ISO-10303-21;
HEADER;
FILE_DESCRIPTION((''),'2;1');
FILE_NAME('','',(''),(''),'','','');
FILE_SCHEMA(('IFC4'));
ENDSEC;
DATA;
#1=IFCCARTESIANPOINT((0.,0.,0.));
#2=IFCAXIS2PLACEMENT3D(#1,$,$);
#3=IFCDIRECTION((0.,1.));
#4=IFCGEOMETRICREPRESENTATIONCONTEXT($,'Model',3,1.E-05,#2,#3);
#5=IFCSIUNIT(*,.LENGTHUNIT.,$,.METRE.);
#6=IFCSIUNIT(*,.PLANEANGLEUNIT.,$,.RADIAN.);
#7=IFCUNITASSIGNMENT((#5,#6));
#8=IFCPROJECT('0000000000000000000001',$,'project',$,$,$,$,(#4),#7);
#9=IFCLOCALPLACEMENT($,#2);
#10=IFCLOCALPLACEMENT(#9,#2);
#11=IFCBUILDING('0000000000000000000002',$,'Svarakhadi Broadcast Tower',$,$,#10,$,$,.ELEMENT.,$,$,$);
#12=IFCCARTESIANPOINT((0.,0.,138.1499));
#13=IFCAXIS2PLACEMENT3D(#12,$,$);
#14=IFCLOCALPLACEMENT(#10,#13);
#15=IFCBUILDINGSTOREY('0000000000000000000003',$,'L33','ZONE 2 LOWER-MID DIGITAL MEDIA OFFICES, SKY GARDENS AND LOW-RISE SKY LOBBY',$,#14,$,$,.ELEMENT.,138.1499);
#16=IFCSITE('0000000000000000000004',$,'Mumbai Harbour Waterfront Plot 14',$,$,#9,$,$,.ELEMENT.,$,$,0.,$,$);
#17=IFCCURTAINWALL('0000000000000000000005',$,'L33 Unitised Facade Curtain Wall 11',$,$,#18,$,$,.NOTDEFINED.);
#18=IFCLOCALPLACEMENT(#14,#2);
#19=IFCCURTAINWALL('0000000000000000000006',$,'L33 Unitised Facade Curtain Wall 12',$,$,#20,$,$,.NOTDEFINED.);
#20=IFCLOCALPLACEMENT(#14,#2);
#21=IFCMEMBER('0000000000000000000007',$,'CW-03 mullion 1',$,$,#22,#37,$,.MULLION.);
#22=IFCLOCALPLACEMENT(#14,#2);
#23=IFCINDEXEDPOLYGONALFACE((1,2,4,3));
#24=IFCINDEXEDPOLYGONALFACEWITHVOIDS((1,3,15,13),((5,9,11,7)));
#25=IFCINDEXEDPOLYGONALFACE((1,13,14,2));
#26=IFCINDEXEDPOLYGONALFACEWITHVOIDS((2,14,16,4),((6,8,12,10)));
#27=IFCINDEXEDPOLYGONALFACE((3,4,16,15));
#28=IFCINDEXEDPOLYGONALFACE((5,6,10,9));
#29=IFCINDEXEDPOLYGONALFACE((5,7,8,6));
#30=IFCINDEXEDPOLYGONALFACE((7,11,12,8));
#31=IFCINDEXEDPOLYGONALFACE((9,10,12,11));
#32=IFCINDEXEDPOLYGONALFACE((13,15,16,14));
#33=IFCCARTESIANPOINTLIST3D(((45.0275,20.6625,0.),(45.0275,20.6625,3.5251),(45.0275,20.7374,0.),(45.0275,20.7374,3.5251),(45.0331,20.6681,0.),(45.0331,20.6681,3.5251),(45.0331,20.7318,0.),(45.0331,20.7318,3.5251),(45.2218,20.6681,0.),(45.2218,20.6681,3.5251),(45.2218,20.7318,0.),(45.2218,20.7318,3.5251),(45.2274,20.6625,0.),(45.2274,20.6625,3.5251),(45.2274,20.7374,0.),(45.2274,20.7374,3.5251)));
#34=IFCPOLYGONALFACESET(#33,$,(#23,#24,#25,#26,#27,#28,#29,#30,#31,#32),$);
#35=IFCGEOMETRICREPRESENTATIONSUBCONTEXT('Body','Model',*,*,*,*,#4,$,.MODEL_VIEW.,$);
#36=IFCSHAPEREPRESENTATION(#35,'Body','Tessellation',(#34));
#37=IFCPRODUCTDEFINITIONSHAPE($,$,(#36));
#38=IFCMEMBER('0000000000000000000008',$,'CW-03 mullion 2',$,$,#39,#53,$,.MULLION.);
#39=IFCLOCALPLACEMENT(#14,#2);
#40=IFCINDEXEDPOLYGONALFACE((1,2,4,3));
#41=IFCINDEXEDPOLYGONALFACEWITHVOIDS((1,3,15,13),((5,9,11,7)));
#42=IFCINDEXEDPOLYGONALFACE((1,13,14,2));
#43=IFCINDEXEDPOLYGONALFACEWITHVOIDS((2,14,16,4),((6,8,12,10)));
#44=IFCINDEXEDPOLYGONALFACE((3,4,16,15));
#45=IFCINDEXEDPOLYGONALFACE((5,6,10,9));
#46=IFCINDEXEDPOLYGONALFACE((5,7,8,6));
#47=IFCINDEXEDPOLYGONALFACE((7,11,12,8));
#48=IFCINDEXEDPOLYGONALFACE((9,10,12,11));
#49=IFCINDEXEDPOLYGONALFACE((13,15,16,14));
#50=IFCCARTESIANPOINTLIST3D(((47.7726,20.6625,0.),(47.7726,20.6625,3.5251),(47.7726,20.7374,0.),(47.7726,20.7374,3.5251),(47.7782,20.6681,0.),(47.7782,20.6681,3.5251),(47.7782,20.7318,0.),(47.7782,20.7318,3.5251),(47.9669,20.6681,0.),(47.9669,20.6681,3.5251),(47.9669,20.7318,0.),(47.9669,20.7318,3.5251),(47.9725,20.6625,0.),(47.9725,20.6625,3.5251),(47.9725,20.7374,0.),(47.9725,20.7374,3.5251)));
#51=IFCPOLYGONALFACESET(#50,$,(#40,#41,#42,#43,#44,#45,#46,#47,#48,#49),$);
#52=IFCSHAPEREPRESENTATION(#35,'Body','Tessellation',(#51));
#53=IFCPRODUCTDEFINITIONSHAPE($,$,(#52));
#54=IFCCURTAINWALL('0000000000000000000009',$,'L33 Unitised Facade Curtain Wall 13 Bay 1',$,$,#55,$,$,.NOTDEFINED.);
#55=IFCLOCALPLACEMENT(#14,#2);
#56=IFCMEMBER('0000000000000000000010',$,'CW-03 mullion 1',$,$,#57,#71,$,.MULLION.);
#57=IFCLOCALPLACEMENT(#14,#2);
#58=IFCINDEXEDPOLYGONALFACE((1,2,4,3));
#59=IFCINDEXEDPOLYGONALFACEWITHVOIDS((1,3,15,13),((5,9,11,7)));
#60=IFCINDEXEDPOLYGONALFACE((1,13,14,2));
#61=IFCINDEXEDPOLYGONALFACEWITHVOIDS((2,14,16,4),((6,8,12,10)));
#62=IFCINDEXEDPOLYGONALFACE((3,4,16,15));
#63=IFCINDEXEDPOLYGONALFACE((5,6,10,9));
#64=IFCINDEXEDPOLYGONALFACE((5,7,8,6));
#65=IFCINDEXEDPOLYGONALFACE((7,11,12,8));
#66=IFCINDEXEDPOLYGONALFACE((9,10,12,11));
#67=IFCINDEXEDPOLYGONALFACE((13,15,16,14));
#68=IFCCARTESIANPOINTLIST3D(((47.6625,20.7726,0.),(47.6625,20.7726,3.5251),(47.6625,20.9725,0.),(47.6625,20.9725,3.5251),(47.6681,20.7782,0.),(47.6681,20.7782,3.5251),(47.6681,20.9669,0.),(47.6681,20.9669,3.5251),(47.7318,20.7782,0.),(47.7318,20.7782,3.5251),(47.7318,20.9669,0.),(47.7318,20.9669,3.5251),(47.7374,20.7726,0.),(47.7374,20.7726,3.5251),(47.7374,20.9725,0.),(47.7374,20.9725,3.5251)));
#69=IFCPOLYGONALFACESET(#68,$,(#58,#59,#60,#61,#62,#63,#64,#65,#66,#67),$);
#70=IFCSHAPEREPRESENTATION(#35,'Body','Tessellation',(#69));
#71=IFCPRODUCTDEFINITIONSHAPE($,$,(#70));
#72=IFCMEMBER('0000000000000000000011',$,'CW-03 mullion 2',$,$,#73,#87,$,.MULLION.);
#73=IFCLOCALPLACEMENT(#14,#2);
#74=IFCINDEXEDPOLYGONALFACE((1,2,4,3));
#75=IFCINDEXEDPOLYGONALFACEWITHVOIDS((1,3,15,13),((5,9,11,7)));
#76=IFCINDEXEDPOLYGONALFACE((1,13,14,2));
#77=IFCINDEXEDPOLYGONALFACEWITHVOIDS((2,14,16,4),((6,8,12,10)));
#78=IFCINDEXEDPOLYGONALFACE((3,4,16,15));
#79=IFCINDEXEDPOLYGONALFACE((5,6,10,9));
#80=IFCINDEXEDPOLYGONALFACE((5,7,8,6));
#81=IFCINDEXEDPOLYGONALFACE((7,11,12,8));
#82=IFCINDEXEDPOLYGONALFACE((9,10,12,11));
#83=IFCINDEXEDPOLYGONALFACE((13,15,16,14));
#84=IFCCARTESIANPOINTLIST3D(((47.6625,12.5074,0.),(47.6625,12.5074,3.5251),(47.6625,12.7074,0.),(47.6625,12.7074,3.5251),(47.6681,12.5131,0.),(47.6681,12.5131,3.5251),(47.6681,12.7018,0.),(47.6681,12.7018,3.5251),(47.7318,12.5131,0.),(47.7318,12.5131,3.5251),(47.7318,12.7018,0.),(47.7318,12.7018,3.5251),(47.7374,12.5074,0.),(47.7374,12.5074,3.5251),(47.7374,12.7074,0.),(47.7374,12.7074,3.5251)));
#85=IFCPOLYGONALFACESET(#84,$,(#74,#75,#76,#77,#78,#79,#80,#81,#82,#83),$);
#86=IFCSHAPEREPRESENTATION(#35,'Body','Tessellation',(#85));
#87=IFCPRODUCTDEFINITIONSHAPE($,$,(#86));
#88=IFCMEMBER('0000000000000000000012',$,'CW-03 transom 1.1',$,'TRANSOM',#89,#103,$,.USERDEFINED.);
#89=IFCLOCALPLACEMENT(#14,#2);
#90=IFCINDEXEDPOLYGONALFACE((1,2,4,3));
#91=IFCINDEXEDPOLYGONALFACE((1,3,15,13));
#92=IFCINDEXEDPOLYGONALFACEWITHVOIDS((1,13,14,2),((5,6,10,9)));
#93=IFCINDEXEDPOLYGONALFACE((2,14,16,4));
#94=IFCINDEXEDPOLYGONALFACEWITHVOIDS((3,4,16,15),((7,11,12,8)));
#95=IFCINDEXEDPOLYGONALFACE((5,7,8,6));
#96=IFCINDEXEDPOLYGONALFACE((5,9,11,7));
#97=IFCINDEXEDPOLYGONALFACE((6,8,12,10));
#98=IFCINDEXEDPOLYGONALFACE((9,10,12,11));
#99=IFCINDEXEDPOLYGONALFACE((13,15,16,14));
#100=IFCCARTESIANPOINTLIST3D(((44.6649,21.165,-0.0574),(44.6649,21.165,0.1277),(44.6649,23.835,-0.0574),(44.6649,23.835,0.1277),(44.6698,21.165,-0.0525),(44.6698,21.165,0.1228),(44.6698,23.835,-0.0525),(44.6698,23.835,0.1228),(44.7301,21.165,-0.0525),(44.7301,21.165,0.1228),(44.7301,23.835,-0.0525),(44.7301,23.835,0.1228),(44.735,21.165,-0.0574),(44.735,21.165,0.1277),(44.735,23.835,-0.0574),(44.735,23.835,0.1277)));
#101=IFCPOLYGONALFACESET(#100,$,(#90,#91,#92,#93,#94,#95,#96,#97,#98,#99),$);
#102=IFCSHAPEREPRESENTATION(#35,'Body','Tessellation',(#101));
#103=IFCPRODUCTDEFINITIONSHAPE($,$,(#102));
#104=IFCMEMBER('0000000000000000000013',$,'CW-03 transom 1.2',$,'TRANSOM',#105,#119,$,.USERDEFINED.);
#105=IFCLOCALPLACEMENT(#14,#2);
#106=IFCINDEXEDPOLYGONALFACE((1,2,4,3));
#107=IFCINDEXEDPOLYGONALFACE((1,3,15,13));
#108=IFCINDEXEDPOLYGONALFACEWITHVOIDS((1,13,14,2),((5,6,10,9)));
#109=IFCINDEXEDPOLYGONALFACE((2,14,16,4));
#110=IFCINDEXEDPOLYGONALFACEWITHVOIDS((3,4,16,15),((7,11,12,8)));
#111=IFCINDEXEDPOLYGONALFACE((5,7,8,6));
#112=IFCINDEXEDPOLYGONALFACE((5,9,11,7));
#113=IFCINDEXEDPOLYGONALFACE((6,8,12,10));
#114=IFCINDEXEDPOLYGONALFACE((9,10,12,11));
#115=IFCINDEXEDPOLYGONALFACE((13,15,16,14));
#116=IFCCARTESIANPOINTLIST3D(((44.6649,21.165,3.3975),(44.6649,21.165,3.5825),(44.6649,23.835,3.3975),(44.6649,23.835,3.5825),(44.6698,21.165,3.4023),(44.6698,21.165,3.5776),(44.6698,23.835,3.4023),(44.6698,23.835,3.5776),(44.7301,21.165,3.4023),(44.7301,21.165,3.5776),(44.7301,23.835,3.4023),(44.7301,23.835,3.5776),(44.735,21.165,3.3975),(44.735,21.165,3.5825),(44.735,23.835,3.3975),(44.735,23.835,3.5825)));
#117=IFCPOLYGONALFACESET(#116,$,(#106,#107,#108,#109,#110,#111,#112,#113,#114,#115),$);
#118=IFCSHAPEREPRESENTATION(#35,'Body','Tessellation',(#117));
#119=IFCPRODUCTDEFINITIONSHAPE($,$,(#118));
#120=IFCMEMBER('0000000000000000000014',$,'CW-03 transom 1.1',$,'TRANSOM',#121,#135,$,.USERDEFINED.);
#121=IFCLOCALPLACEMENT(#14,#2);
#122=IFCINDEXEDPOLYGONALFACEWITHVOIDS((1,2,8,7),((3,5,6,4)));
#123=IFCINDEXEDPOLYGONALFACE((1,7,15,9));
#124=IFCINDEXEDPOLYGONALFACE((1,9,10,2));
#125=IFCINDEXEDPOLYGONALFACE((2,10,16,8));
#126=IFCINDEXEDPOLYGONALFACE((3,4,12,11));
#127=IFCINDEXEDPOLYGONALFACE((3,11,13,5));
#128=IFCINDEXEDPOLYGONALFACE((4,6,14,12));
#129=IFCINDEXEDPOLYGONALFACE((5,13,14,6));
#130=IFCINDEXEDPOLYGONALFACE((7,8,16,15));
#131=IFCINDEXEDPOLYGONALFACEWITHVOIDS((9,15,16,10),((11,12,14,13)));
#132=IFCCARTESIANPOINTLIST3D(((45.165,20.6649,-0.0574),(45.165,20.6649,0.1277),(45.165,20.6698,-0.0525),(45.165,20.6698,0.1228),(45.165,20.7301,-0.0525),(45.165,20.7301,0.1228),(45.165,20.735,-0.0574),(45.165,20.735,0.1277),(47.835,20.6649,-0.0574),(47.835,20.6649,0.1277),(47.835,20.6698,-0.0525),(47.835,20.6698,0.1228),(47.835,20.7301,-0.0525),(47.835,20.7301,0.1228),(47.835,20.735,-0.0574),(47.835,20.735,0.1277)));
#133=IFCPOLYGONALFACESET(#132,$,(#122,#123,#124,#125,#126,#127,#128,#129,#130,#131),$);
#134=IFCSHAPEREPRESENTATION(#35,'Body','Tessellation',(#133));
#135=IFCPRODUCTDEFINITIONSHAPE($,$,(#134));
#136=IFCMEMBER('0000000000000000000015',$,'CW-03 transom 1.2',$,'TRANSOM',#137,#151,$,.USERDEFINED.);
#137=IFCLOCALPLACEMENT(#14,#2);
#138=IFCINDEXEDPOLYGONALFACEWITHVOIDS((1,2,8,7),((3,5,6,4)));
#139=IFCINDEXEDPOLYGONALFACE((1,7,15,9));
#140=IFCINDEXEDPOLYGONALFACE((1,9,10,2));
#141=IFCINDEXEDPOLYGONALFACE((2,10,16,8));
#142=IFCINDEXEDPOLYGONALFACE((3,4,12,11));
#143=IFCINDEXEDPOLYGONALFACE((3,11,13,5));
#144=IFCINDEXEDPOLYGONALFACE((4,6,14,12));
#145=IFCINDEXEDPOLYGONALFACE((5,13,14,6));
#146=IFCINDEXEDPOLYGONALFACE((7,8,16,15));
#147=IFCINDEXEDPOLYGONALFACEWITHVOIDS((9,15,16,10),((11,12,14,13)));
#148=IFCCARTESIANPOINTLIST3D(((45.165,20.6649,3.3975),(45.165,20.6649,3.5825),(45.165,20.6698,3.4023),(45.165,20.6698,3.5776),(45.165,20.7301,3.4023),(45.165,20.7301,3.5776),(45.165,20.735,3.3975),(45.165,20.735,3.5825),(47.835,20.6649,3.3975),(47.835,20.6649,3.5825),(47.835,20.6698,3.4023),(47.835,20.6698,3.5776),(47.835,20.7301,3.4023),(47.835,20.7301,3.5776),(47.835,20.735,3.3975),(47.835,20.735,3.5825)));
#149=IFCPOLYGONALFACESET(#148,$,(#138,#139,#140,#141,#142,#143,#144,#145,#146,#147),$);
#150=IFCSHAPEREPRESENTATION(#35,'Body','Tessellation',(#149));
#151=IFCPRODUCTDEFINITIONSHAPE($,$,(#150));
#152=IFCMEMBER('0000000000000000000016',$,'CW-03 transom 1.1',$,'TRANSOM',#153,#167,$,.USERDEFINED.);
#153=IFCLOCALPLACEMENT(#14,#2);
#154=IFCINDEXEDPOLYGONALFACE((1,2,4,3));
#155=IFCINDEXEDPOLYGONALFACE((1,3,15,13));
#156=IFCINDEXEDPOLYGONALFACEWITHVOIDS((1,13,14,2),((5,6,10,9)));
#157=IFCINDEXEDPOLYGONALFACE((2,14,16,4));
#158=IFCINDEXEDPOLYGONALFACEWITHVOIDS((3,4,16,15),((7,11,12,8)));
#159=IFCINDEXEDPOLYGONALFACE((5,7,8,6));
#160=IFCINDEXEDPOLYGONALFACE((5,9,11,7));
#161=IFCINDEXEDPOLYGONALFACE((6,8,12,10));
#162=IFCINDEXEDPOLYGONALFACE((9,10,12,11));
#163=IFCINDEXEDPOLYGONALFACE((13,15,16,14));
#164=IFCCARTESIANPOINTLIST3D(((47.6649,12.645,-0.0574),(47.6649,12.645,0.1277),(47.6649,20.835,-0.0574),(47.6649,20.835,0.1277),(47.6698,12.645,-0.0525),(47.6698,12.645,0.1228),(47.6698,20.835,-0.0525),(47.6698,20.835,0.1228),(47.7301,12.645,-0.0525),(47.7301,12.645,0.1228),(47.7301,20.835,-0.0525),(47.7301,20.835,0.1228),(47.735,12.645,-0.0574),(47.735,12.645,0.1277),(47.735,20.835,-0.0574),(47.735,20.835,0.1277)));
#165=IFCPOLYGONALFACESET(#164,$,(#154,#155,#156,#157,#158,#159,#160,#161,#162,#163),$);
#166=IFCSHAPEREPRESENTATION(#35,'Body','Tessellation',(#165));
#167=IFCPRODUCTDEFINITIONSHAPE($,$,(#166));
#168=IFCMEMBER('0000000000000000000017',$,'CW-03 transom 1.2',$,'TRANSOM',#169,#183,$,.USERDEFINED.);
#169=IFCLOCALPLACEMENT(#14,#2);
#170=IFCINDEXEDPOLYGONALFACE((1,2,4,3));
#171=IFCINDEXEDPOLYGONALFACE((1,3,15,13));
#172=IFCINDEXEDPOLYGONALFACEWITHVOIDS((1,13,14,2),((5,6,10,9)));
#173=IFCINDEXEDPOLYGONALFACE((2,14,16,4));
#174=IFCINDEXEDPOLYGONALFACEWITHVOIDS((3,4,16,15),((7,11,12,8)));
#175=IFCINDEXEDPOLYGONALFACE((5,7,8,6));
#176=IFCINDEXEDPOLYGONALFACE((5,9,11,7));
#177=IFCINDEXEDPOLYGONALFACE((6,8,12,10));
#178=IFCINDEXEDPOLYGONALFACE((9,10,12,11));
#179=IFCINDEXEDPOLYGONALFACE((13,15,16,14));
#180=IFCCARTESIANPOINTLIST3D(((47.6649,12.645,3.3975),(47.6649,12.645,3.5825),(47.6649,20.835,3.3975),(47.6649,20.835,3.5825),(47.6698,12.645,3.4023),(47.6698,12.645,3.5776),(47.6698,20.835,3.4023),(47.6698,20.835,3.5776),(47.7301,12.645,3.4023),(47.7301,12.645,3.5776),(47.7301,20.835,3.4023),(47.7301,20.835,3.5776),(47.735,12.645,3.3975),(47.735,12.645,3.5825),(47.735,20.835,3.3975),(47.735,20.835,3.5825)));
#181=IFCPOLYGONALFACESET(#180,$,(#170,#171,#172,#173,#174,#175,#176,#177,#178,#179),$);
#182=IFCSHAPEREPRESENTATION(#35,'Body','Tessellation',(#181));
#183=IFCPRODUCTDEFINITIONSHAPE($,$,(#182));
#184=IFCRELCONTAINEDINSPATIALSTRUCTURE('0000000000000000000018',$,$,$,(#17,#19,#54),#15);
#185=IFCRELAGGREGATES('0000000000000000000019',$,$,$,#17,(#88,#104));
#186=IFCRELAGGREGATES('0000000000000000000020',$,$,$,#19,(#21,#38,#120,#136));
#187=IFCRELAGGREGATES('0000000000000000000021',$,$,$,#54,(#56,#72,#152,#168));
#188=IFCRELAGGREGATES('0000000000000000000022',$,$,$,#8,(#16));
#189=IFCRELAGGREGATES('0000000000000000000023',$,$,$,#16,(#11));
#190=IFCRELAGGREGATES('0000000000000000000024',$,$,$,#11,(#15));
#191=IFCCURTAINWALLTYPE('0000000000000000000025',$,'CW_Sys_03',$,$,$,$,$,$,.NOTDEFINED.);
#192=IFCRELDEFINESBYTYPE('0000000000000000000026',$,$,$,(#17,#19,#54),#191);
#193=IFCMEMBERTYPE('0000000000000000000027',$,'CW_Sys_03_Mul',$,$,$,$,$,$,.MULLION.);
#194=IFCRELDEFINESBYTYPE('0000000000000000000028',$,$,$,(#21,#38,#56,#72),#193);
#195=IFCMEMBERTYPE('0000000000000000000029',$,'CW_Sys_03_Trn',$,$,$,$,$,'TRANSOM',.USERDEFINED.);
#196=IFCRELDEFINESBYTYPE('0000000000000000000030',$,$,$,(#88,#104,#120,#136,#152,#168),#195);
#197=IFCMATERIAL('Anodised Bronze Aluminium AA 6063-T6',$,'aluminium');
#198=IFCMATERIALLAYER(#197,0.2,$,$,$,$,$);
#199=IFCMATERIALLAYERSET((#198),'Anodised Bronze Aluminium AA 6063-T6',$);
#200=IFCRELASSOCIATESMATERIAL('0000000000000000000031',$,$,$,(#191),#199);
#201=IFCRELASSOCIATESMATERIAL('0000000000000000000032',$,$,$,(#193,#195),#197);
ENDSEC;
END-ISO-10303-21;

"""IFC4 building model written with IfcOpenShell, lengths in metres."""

from ifc_helpers import new_model, si_unit, direction, frame, origin, origin_2d, place, context, subcontext, project, spatial, hollow_rectangle, extrude, material, layer, layer_set, material_profile, profile_set, type_object, element, aggregate, save


model = new_model("IFC4")

# Units and contexts
model_context = context("Model", 3, precision=1e-05, world=origin(), true_north=direction((0.0, 1.0)))
body_context = subcontext(model_context, "Body", "Model", "MODEL_VIEW")
ifc_project = project(units=[si_unit("LENGTHUNIT", "METRE"), si_unit("PLANEANGLEUNIT", "RADIAN")], contexts=[model_context])

# Site, building, storey
site_placement = place(None, origin())
site = spatial("IfcSite", under=ifc_project, at=site_placement, Name="Mumbai Harbour Waterfront Plot 14", CompositionType="ELEMENT", RefElevation=0.0)
building_placement = place(site_placement, origin())
building = spatial("IfcBuilding", under=site, at=building_placement, Name="Svarakhadi Broadcast Tower", CompositionType="ELEMENT")
storey_placement = place(building_placement, frame((0.0, 0.0, 138.1499)))
storey = spatial("IfcBuildingStorey", under=building, at=storey_placement, Name="L33", Description="ZONE 2 LOWER-MID DIGITAL MEDIA OFFICES, SKY GARDENS AND LOW-RISE SKY LOBBY", CompositionType="ELEMENT", Elevation=138.1499)

# Shared definitions
ifc_material_1 = material(Name="Anodised Bronze Aluminium AA 6063-T6", Category="aluminium")
ifc_layer_1 = layer(ifc_material_1, 0.2)
ifc_layer_set_1 = layer_set([ifc_layer_1], Name="Anodised Bronze Aluminium AA 6063-T6")
curtain_wall_type = type_object("IfcCurtainWallType", Name="CW_Sys_03", PredefinedType="NOTDEFINED", material=ifc_layer_set_1)
ifc_material_profile_1 = material_profile(ifc_material_1, hollow_rectangle(XDim=0.075, YDim=0.2, WallThickness=0.0056, at=origin_2d()), Name="ALU MULLION 200x75x6")
ifc_profile_set_1 = profile_set([ifc_material_profile_1], Name="Anodised Bronze Aluminium AA 6063-T6")
member_type_1 = type_object("IfcMemberType", Name="CW_Sys_03_Mul", PredefinedType="MULLION", material=ifc_profile_set_1)

# Curtain walls, members
curtain_wall_1_placement = place(storey_placement, origin())
curtain_wall_1 = element("IfcCurtainWall", 1, at=curtain_wall_1_placement, inside=storey, type_object=curtain_wall_type, Name="L33 Unitised Facade Curtain Wall 11", PredefinedType="NOTDEFINED")
curtain_wall_2_placement = place(storey_placement, origin())
curtain_wall_2 = element("IfcCurtainWall", 2, at=curtain_wall_2_placement, inside=storey, type_object=curtain_wall_type, Name="L33 Unitised Facade Curtain Wall 12", PredefinedType="NOTDEFINED")
member_1_placement = place(storey_placement, frame((45.1274, 20.7, 0.0), z_axis=(0.0, 0.0, 1.0), x_axis=(0.0, 1.0, 0.0)))
member_1 = element("IfcMember", 3, at=member_1_placement, type_object=member_type_1, Name="CW-03 mullion 1", PredefinedType="MULLION", context=body_context, shape_type="SweptSolid", body=[
    extrude(hollow_rectangle(XDim=0.075, YDim=0.2, WallThickness=0.0056, at=origin_2d()), origin(), (0.0, 0.0, 1.0), 3.5251),
])
member_2_placement = place(storey_placement, frame((47.8726, 20.7, 0.0), z_axis=(0.0, 0.0, 1.0), x_axis=(0.0, 1.0, 0.0)))
member_2 = element("IfcMember", 4, at=member_2_placement, type_object=member_type_1, Name="CW-03 mullion 2", PredefinedType="MULLION", context=body_context, shape_type="SweptSolid", body=[
    extrude(hollow_rectangle(XDim=0.075, YDim=0.2, WallThickness=0.0056, at=origin_2d()), origin(), (0.0, 0.0, 1.0), 3.5251),
])
curtain_wall_3_placement = place(storey_placement, origin())
curtain_wall_3 = element("IfcCurtainWall", 5, at=curtain_wall_3_placement, inside=storey, type_object=curtain_wall_type, Name="L33 Unitised Facade Curtain Wall 13 Bay 1", PredefinedType="NOTDEFINED")
member_3_placement = place(storey_placement, frame((47.7, 20.8726, 0.0), z_axis=(0.0, 0.0, 1.0), x_axis=(1.0, 0.0, 0.0)))
member_3 = element("IfcMember", 6, at=member_3_placement, type_object=member_type_1, Name="CW-03 mullion 1", PredefinedType="MULLION", context=body_context, shape_type="SweptSolid", body=[
    extrude(hollow_rectangle(XDim=0.075, YDim=0.2, WallThickness=0.0056, at=origin_2d()), origin(), (0.0, 0.0, 1.0), 3.5251),
])
member_4_placement = place(storey_placement, frame((47.7, 12.6074, 0.0), z_axis=(0.0, 0.0, 1.0), x_axis=(1.0, 0.0, 0.0)))
member_4 = element("IfcMember", 7, at=member_4_placement, type_object=member_type_1, Name="CW-03 mullion 2", PredefinedType="MULLION", context=body_context, shape_type="SweptSolid", body=[
    extrude(hollow_rectangle(XDim=0.075, YDim=0.2, WallThickness=0.0056, at=origin_2d()), origin(), (0.0, 0.0, 1.0), 3.5251),
])

# Members
ifc_material_profile_2 = material_profile(ifc_material_1, hollow_rectangle(XDim=0.0701, YDim=0.1851, WallThickness=0.0049, at=origin_2d()), Name="ALU TRANSOM 185x70x5")
ifc_profile_set_2 = profile_set([ifc_material_profile_2], Name="Anodised Bronze Aluminium AA 6063-T6")
member_type_2 = type_object("IfcMemberType", Name="CW_Sys_03_Trn", ElementType="TRANSOM", PredefinedType="USERDEFINED", material=ifc_profile_set_2)
member_5_placement = place(storey_placement, frame((44.7, 23.835, 0.0352), z_axis=(0.0, -1.0, 0.0), x_axis=(1.0, 0.0, 0.0)))
member_5 = element("IfcMember", 8, at=member_5_placement, type_object=member_type_2, Name="CW-03 transom 1.1", ObjectType="TRANSOM", PredefinedType="USERDEFINED", context=body_context, shape_type="SweptSolid", body=[
    extrude(hollow_rectangle(XDim=0.0701, YDim=0.1851, WallThickness=0.0049, at=origin_2d()), origin(), (0.0, 0.0, 1.0), 2.6699),
])
member_6_placement = place(storey_placement, frame((44.7, 23.835, 3.49), z_axis=(0.0, -1.0, 0.0), x_axis=(1.0, 0.0, 0.0)))
member_6 = element("IfcMember", 9, at=member_6_placement, type_object=member_type_2, Name="CW-03 transom 1.2", ObjectType="TRANSOM", PredefinedType="USERDEFINED", context=body_context, shape_type="SweptSolid", body=[
    extrude(hollow_rectangle(XDim=0.0701, YDim=0.1851, WallThickness=0.0049, at=origin_2d()), origin(), (0.0, 0.0, 1.0), 2.6699),
])
member_7_placement = place(storey_placement, frame((45.165, 20.7, 0.0352), z_axis=(1.0, 0.0, 0.0), x_axis=(0.0, 1.0, 0.0)))
member_7 = element("IfcMember", 10, at=member_7_placement, type_object=member_type_2, Name="CW-03 transom 1.1", ObjectType="TRANSOM", PredefinedType="USERDEFINED", context=body_context, shape_type="SweptSolid", body=[
    extrude(hollow_rectangle(XDim=0.0701, YDim=0.1851, WallThickness=0.0049, at=origin_2d()), origin(), (0.0, 0.0, 1.0), 2.6699),
])
member_8_placement = place(storey_placement, frame((45.165, 20.7, 3.49), z_axis=(1.0, 0.0, 0.0), x_axis=(0.0, 1.0, 0.0)))
member_8 = element("IfcMember", 11, at=member_8_placement, type_object=member_type_2, Name="CW-03 transom 1.2", ObjectType="TRANSOM", PredefinedType="USERDEFINED", context=body_context, shape_type="SweptSolid", body=[
    extrude(hollow_rectangle(XDim=0.0701, YDim=0.1851, WallThickness=0.0049, at=origin_2d()), origin(), (0.0, 0.0, 1.0), 2.6699),
])
member_9_placement = place(storey_placement, frame((47.7, 20.835, 0.0352), z_axis=(0.0, -1.0, 0.0), x_axis=(1.0, 0.0, 0.0)))
member_9 = element("IfcMember", 12, at=member_9_placement, type_object=member_type_2, Name="CW-03 transom 1.1", ObjectType="TRANSOM", PredefinedType="USERDEFINED", context=body_context, shape_type="SweptSolid", body=[
    extrude(hollow_rectangle(XDim=0.0701, YDim=0.1851, WallThickness=0.0049, at=origin_2d()), origin(), (0.0, 0.0, 1.0), 8.1899),
])
member_10_placement = place(storey_placement, frame((47.7, 20.835, 3.49), z_axis=(0.0, -1.0, 0.0), x_axis=(1.0, 0.0, 0.0)))
member_10 = element("IfcMember", 13, at=member_10_placement, type_object=member_type_2, Name="CW-03 transom 1.2", ObjectType="TRANSOM", PredefinedType="USERDEFINED", context=body_context, shape_type="SweptSolid", body=[
    extrude(hollow_rectangle(XDim=0.0701, YDim=0.1851, WallThickness=0.0049, at=origin_2d()), origin(), (0.0, 0.0, 1.0), 8.1899),
])

aggregate(curtain_wall_1, [member_5, member_6])
aggregate(curtain_wall_2, [member_1, member_2, member_7, member_8])
aggregate(curtain_wall_3, [member_3, member_4, member_9, member_10])

save(model, "model.ifc")
